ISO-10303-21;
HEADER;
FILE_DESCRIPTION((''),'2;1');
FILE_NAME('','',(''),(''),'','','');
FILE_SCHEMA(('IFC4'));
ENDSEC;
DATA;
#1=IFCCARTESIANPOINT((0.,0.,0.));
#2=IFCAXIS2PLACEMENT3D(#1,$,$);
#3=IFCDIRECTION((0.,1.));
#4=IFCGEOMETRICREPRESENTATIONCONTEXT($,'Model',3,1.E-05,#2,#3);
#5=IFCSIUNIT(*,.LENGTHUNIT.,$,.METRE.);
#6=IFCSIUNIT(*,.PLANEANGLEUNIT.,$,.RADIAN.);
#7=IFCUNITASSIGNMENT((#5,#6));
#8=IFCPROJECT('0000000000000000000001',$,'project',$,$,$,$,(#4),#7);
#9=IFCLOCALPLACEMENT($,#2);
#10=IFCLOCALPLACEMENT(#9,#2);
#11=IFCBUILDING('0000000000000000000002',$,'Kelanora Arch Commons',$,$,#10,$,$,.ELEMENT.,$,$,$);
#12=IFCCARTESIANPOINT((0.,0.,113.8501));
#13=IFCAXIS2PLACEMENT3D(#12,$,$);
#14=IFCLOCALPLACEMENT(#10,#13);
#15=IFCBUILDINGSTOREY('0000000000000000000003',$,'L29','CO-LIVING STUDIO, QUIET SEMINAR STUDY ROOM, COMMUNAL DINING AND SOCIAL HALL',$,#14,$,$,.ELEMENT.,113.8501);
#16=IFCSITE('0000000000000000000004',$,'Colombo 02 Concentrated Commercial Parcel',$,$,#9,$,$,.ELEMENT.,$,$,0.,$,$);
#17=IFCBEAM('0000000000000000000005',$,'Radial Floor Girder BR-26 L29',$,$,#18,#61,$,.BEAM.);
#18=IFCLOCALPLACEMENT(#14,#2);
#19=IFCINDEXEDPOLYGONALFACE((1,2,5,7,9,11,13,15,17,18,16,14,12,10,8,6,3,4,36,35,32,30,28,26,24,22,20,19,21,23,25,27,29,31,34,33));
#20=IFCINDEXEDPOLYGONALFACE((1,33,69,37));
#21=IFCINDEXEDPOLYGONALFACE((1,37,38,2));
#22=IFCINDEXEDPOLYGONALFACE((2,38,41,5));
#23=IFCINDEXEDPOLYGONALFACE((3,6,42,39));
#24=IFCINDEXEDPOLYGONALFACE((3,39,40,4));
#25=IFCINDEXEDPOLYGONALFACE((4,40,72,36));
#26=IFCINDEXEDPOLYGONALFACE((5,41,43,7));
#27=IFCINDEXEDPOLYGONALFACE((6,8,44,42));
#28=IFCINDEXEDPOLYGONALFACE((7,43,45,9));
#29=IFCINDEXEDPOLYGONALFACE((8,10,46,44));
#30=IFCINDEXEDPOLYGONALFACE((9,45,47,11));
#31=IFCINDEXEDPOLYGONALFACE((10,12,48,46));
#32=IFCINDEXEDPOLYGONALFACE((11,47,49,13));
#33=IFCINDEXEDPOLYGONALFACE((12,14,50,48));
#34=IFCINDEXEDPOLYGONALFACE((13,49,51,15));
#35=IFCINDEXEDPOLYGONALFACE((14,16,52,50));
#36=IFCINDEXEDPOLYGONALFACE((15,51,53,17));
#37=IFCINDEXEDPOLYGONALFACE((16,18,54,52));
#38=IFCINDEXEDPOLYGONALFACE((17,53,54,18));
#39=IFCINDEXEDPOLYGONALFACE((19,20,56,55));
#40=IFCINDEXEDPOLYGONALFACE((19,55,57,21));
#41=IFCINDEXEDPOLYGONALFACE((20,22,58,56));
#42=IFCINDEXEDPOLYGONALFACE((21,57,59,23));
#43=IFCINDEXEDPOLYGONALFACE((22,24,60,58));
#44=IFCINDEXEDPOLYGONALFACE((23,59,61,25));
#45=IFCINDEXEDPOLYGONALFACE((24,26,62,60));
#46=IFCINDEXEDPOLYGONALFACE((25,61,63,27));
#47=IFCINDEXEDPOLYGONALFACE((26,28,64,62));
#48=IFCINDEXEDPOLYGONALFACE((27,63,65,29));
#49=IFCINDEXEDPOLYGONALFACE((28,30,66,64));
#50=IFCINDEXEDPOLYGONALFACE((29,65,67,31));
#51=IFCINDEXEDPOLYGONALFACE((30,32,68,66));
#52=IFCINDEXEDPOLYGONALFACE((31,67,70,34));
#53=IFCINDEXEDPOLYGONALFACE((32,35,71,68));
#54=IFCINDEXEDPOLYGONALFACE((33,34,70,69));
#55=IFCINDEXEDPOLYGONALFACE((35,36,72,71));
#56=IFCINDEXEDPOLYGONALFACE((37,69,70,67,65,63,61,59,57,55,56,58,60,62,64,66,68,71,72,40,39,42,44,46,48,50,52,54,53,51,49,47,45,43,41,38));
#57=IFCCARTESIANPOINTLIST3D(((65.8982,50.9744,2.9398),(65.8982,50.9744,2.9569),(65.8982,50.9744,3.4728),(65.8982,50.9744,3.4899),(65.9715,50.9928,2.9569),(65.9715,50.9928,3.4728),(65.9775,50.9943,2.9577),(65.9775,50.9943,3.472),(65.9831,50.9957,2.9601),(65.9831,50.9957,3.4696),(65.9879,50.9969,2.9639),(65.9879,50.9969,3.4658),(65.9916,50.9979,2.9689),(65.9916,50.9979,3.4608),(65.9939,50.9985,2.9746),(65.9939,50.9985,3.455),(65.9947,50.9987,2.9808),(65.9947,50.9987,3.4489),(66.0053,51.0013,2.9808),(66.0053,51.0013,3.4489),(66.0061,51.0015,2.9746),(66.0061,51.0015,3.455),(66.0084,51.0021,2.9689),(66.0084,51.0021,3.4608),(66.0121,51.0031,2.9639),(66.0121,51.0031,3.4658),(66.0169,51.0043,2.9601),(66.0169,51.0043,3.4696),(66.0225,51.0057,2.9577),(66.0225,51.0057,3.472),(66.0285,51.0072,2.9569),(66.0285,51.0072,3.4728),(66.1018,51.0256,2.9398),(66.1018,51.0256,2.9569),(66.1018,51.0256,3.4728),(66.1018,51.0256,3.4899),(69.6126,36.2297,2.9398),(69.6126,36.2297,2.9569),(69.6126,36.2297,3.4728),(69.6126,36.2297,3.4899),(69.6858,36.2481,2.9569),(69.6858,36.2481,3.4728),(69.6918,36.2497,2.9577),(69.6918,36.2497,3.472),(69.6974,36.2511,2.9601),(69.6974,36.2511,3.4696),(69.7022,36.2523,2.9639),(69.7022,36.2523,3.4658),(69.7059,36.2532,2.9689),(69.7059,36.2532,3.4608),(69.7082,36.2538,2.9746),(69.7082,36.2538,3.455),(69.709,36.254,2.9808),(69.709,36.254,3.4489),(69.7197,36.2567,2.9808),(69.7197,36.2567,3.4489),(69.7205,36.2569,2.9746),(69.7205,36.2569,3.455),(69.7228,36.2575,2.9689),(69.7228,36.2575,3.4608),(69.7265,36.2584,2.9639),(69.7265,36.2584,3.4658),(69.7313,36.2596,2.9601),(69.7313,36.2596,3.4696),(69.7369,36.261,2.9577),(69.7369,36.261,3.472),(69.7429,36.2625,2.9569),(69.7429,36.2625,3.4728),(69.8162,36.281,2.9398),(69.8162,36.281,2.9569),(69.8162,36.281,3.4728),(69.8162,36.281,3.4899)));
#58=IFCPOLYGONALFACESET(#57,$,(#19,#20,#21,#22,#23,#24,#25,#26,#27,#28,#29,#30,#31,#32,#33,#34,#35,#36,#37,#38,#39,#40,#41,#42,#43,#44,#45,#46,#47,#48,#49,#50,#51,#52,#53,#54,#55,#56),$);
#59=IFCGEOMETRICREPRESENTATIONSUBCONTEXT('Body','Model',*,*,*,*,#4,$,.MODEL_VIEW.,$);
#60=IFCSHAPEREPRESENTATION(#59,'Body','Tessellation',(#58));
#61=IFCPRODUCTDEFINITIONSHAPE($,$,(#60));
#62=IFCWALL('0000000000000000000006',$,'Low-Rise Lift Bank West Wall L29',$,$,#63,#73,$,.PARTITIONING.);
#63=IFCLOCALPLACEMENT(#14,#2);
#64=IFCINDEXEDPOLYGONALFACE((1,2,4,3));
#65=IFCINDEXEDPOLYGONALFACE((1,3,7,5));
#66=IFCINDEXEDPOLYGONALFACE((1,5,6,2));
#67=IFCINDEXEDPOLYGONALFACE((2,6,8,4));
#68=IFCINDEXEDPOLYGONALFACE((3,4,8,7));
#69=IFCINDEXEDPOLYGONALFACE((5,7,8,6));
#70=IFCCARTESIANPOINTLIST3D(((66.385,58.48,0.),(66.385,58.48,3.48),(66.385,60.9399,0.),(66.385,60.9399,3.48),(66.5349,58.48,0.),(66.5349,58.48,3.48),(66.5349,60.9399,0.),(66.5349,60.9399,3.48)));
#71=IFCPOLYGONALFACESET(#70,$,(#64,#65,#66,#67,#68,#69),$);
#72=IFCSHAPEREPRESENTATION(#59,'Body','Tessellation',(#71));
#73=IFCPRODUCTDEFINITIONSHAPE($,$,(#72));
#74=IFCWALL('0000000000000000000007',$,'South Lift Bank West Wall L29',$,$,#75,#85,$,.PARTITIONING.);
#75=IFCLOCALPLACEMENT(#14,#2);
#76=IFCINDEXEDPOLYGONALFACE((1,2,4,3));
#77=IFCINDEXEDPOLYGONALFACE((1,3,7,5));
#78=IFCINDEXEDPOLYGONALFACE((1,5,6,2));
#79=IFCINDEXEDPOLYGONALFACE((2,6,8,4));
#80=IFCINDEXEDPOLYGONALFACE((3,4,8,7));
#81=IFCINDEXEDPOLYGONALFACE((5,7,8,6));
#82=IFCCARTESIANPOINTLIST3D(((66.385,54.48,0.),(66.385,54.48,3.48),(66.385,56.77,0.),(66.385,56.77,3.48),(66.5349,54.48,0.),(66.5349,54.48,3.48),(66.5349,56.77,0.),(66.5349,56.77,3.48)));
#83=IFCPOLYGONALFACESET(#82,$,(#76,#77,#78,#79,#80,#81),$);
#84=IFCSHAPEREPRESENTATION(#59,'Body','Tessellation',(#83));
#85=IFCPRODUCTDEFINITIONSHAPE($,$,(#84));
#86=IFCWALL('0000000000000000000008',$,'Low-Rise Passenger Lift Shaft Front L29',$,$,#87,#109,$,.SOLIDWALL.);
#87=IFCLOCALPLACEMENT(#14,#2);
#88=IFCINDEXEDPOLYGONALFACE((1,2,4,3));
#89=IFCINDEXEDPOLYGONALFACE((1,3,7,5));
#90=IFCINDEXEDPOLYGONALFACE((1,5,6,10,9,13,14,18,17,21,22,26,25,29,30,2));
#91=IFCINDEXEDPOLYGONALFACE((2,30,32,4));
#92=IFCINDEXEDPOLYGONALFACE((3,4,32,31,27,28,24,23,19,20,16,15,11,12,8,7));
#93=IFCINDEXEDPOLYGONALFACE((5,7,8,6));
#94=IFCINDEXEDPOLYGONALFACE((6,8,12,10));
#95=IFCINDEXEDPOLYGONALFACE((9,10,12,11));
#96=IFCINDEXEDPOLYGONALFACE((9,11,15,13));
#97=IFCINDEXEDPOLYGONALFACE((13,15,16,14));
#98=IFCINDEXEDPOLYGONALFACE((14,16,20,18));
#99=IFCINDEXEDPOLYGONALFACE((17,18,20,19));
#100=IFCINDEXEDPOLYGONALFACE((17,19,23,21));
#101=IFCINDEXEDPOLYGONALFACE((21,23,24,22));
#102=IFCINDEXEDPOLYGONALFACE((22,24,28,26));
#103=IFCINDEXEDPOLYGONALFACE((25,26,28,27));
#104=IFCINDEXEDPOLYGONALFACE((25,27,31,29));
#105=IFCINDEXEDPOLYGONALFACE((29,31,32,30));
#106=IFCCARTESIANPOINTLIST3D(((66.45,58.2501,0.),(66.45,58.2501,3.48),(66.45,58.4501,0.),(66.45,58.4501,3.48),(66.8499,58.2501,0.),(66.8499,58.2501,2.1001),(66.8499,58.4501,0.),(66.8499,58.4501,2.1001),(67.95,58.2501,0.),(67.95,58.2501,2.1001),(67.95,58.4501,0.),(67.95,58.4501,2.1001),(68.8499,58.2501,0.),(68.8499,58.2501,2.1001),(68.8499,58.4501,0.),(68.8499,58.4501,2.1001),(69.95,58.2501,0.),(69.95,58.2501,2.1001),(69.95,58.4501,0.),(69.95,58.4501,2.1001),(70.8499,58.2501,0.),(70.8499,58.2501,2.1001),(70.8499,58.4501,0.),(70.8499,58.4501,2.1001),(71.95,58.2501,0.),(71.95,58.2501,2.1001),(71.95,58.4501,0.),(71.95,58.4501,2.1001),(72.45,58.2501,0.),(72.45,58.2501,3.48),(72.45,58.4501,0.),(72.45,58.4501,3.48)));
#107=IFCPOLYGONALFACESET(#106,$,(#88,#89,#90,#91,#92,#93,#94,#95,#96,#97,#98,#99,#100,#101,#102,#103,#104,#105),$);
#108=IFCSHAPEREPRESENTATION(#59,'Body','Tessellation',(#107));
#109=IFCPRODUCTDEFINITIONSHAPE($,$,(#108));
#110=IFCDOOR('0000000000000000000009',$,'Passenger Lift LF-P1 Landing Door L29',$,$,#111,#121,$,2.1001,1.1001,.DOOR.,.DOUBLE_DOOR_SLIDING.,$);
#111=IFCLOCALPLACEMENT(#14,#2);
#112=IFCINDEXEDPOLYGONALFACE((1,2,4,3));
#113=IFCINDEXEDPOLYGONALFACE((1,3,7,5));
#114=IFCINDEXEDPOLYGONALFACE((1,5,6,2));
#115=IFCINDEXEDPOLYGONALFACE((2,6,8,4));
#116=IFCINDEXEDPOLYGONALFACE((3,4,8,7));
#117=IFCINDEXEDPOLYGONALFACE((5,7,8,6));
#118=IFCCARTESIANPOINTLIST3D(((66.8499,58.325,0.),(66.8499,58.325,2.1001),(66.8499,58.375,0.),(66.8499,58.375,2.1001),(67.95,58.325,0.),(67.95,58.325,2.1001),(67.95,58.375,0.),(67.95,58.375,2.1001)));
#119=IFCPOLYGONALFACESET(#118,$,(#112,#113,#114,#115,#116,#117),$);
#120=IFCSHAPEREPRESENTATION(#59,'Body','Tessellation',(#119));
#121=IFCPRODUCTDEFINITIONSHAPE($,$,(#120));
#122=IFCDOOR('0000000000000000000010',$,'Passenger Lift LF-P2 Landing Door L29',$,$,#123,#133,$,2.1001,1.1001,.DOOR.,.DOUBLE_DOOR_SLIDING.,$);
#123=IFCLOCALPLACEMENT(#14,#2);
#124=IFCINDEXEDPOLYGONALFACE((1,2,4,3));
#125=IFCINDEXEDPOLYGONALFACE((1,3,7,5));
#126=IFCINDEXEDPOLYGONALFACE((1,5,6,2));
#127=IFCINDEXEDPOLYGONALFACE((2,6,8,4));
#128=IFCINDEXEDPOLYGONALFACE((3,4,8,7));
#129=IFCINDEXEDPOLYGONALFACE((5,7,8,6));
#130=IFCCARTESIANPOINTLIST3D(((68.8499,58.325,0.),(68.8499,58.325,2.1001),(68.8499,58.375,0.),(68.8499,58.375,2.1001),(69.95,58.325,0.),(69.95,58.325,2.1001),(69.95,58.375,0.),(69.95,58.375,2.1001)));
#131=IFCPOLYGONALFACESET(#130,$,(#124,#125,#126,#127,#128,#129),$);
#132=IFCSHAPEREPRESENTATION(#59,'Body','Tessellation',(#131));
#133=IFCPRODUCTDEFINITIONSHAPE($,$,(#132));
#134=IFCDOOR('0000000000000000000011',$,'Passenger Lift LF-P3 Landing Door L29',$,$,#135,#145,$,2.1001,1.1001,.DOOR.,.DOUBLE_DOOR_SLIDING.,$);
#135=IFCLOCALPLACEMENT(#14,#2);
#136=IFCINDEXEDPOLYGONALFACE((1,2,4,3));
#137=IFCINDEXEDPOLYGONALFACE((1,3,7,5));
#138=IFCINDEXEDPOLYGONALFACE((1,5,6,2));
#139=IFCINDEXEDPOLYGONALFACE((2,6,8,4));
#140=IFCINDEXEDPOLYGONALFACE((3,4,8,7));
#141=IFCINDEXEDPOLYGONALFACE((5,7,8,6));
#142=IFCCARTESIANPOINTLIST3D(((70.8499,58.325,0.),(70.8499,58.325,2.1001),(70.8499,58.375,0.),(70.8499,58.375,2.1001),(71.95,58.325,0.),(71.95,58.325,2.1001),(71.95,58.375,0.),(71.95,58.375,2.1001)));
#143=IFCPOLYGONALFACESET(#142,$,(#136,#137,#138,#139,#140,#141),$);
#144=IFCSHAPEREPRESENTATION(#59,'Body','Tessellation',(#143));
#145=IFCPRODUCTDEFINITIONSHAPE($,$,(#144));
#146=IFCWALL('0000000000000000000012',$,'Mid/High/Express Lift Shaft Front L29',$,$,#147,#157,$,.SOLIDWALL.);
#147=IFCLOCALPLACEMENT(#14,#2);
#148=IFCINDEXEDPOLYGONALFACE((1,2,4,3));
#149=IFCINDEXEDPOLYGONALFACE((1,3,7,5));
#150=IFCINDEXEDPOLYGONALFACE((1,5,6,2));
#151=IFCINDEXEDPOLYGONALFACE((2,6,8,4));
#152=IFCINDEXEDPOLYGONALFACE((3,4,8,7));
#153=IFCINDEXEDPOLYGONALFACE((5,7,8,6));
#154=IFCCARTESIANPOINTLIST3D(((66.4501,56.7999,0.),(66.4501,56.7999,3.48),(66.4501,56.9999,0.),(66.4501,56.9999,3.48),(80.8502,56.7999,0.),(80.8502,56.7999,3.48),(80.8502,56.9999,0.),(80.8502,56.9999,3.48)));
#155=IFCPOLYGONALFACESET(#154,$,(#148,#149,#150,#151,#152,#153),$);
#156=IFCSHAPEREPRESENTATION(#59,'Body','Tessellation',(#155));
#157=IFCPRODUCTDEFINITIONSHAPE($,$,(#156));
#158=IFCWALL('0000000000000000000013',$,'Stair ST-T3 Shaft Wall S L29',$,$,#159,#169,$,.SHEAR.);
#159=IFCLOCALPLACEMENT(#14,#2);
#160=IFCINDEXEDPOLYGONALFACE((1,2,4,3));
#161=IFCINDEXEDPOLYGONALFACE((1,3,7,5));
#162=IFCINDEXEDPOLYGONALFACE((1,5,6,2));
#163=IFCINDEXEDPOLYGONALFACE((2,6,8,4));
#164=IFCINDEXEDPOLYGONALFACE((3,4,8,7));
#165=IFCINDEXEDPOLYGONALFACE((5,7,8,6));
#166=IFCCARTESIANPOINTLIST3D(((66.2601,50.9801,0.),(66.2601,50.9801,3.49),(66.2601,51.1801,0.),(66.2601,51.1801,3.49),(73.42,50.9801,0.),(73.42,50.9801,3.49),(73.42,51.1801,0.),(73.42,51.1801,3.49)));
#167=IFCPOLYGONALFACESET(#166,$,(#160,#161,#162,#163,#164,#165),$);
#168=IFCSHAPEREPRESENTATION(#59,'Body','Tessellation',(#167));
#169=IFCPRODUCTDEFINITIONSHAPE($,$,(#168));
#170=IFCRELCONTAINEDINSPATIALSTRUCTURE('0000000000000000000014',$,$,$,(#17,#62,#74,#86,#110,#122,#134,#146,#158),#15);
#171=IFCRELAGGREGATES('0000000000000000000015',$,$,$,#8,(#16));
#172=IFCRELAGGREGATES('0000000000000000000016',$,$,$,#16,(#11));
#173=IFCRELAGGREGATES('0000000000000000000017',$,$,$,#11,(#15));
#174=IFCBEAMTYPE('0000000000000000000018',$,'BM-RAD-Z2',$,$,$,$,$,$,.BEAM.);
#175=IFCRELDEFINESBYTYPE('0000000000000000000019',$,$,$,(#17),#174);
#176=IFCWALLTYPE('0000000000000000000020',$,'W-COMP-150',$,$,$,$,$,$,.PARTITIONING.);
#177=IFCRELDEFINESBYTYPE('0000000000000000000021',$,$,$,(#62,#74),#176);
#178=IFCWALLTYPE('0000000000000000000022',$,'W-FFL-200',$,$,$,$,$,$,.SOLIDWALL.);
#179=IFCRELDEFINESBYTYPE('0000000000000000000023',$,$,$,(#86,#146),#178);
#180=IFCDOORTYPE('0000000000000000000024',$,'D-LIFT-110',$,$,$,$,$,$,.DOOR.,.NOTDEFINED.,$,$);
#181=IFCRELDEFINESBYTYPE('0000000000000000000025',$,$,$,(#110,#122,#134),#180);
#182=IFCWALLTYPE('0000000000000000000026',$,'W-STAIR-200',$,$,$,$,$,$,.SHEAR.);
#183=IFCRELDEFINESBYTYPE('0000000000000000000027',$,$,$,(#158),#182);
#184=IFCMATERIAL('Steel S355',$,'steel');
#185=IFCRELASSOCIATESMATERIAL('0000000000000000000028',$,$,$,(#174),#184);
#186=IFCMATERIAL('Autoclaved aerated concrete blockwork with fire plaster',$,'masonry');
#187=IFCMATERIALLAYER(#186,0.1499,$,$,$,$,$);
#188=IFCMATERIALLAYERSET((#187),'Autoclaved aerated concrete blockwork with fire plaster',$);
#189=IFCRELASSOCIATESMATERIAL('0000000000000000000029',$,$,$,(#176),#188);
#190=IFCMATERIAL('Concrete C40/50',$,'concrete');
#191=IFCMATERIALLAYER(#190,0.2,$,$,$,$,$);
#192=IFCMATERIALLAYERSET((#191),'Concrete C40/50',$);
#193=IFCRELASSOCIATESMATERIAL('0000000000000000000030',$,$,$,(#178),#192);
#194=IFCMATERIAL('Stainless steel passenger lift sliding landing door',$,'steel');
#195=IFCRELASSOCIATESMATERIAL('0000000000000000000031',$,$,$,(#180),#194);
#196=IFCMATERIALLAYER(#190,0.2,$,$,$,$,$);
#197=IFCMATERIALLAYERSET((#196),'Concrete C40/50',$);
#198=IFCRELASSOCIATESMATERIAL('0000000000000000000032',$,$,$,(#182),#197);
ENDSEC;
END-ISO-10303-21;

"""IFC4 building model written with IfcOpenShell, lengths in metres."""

from ifc_helpers import new_model, si_unit, direction, frame, frame_2d, origin, origin_2d, place, context, subcontext, project, spatial, rectangle, i_section, extrude, material, layer, layer_set, material_profile, profile_set, type_object, element, fill, save


model = new_model("IFC4")

# Units and contexts
model_context = context("Model", 3, precision=1e-05, world=origin(), true_north=direction((0.0, 1.0)))
body_context = subcontext(model_context, "Body", "Model", "MODEL_VIEW")
ifc_project = project(units=[si_unit("LENGTHUNIT", "METRE"), si_unit("PLANEANGLEUNIT", "RADIAN")], contexts=[model_context])

# Site, building, storey
site_placement = place(None, origin())
site = spatial("IfcSite", under=ifc_project, at=site_placement, Name="Colombo 02 Concentrated Commercial Parcel", CompositionType="ELEMENT", RefElevation=0.0)
building_placement = place(site_placement, origin())
building = spatial("IfcBuilding", under=site, at=building_placement, Name="Kelanora Arch Commons", CompositionType="ELEMENT")
storey_placement = place(building_placement, frame((0.0, 0.0, 113.8501)))
storey = spatial("IfcBuildingStorey", under=building, at=storey_placement, Name="L29", Description="CO-LIVING STUDIO, QUIET SEMINAR STUDY ROOM, COMMUNAL DINING AND SOCIAL HALL", CompositionType="ELEMENT", Elevation=113.8501)

# Beam
ifc_material_1 = material(Name="Steel S355", Category="steel")
ifc_material_profile_1 = material_profile(ifc_material_1, i_section(OverallWidth=0.21, OverallDepth=0.55, WebThickness=0.011, FlangeThickness=0.0171, FilletRadius=0.0239, at=origin_2d()), Name="IPE550")
ifc_profile_set_1 = profile_set([ifc_material_profile_1], Name="Steel S355")
beam_type_1 = type_object("IfcBeamType", Name="BM-RAD-Z2", PredefinedType="BEAM", material=ifc_profile_set_1)
beam_1_placement = place(storey_placement, frame((66.0, 51.0, 3.2148), z_axis=(0.244281, -0.969705, 0.0), x_axis=(0.969705, 0.244281, 0.0)))
element("IfcBeam", 1, at=beam_1_placement, inside=storey, type_object=beam_type_1, Name="Radial Floor Girder BR-26 L29", PredefinedType="BEAM", context=body_context, shape_type="SweptSolid", body=[
    extrude(i_section(OverallWidth=0.21, OverallDepth=0.55, WebThickness=0.011, FlangeThickness=0.0171, FilletRadius=0.0239, at=origin_2d()), origin(), (0.0, 0.0, 1.0), 15.2053),
])

# Walls
ifc_material_2 = material(Name="Autoclaved aerated concrete blockwork with fire plaster", Category="masonry")
ifc_layer_1 = layer(ifc_material_2, 0.1499)
ifc_layer_set_1 = layer_set([ifc_layer_1], Name="Autoclaved aerated concrete blockwork with fire plaster")
wall_type_1 = type_object("IfcWallType", Name="W-COMP-150", PredefinedType="PARTITIONING", material=ifc_layer_set_1)
wall_1_placement = place(storey_placement, frame((66.46, 58.48, 0.0), z_axis=(0.0, 0.0, 1.0), x_axis=(0.0, 1.0, 0.0)))
element("IfcWall", 2, at=wall_1_placement, inside=storey, type_object=wall_type_1, Name="Low-Rise Lift Bank West Wall L29", PredefinedType="PARTITIONING", context=body_context, shape_type="SweptSolid", body=[
    extrude(rectangle(XDim=2.46, YDim=0.1499, at=frame_2d((1.23, 0.0))), origin(), (0.0, 0.0, 1.0), 3.48),
])
wall_2_placement = place(storey_placement, frame((66.46, 54.48, 0.0), z_axis=(0.0, 0.0, 1.0), x_axis=(0.0, 1.0, 0.0)))
element("IfcWall", 3, at=wall_2_placement, inside=storey, type_object=wall_type_1, Name="South Lift Bank West Wall L29", PredefinedType="PARTITIONING", context=body_context, shape_type="SweptSolid", body=[
    extrude(rectangle(XDim=2.29, YDim=0.1499, at=frame_2d((1.145, 0.0))), origin(), (0.0, 0.0, 1.0), 3.48),
])

# Wall, openings, doors
ifc_material_3 = material(Name="Concrete C40/50", Category="concrete")
ifc_layer_2 = layer(ifc_material_3, 0.2)
ifc_layer_set_2 = layer_set([ifc_layer_2], Name="Concrete C40/50")
wall_type_2 = type_object("IfcWallType", Name="W-FFL-200", PredefinedType="SOLIDWALL", material=ifc_layer_set_2)
wall_3_placement = place(storey_placement, frame((66.45, 58.3501, 0.0), z_axis=(0.0, 0.0, 1.0), x_axis=(1.0, 0.0, 0.0)))
wall_3 = element("IfcWall", 4, at=wall_3_placement, inside=storey, type_object=wall_type_2, Name="Low-Rise Passenger Lift Shaft Front L29", PredefinedType="SOLIDWALL", context=body_context, shape_type="SweptSolid", body=[
    extrude(rectangle(XDim=6.0, YDim=0.2, at=frame_2d((3.0, 0.0))), origin(), (0.0, 0.0, 1.0), 3.48),
])
opening_1_placement = place(wall_3_placement, frame((0.3999, 0.0, 0.0)))
opening_1 = element("IfcOpeningElement", 5, at=opening_1_placement, cuts=wall_3, PredefinedType="OPENING", context=body_context, shape_type="SweptSolid", body=[
    extrude(rectangle(XDim=1.1001, YDim=2.1001, at=frame_2d((0.55, 1.05))), frame((0.0, 0.1099, 0.0), z_axis=(0.0, -1.0, 0.0), x_axis=(1.0, 0.0, 0.0)), (0.0, 0.0, 1.0), 0.22),
])
opening_2_placement = place(wall_3_placement, frame((2.3999, 0.0, 0.0)))
opening_2 = element("IfcOpeningElement", 6, at=opening_2_placement, cuts=wall_3, PredefinedType="OPENING", context=body_context, shape_type="SweptSolid", body=[
    extrude(rectangle(XDim=1.1001, YDim=2.1001, at=frame_2d((0.55, 1.05))), frame((0.0, 0.1099, 0.0), z_axis=(0.0, -1.0, 0.0), x_axis=(1.0, 0.0, 0.0)), (0.0, 0.0, 1.0), 0.22),
])
opening_3_placement = place(wall_3_placement, frame((4.3999, 0.0, 0.0)))
opening_3 = element("IfcOpeningElement", 7, at=opening_3_placement, cuts=wall_3, PredefinedType="OPENING", context=body_context, shape_type="SweptSolid", body=[
    extrude(rectangle(XDim=1.1001, YDim=2.1001, at=frame_2d((0.55, 1.05))), frame((0.0, 0.1099, 0.0), z_axis=(0.0, -1.0, 0.0), x_axis=(1.0, 0.0, 0.0)), (0.0, 0.0, 1.0), 0.22),
])
ifc_material_4 = material(Name="Stainless steel passenger lift sliding landing door", Category="steel")
door_type_1 = type_object("IfcDoorType", Name="D-LIFT-110", OperationType="NOTDEFINED", PredefinedType="DOOR", material=ifc_material_4)
door_1_placement = place(opening_1_placement, origin())
door_1 = element("IfcDoor", 8, at=door_1_placement, inside=storey, type_object=door_type_1, Name="Passenger Lift LF-P1 Landing Door L29", OperationType="DOUBLE_DOOR_SLIDING", OverallHeight=2.1001, OverallWidth=1.1001, PredefinedType="DOOR", context=body_context, shape_type="SweptSolid", body=[
    extrude(rectangle(XDim=1.1001, YDim=2.1001, at=frame_2d((0.55, 1.05))), frame((0.0, 0.0249, 0.0), z_axis=(0.0, -1.0, 0.0), x_axis=(1.0, 0.0, 0.0)), (0.0, 0.0, 1.0), 0.05),
])
fill(opening_1, door_1)
door_2_placement = place(opening_2_placement, origin())
door_2 = element("IfcDoor", 9, at=door_2_placement, inside=storey, type_object=door_type_1, Name="Passenger Lift LF-P2 Landing Door L29", OperationType="DOUBLE_DOOR_SLIDING", OverallHeight=2.1001, OverallWidth=1.1001, PredefinedType="DOOR", context=body_context, shape_type="SweptSolid", body=[
    extrude(rectangle(XDim=1.1001, YDim=2.1001, at=frame_2d((0.55, 1.05))), frame((0.0, 0.0249, 0.0), z_axis=(0.0, -1.0, 0.0), x_axis=(1.0, 0.0, 0.0)), (0.0, 0.0, 1.0), 0.05),
])
fill(opening_2, door_2)
door_3_placement = place(opening_3_placement, origin())
door_3 = element("IfcDoor", 10, at=door_3_placement, inside=storey, type_object=door_type_1, Name="Passenger Lift LF-P3 Landing Door L29", OperationType="DOUBLE_DOOR_SLIDING", OverallHeight=2.1001, OverallWidth=1.1001, PredefinedType="DOOR", context=body_context, shape_type="SweptSolid", body=[
    extrude(rectangle(XDim=1.1001, YDim=2.1001, at=frame_2d((0.55, 1.05))), frame((0.0, 0.0249, 0.0), z_axis=(0.0, -1.0, 0.0), x_axis=(1.0, 0.0, 0.0)), (0.0, 0.0, 1.0), 0.05),
])
fill(opening_3, door_3)

# Walls
wall_4_placement = place(storey_placement, frame((66.45, 56.8999, 0.0), z_axis=(0.0, 0.0, 1.0), x_axis=(1.0, 0.0, 0.0)))
element("IfcWall", 11, at=wall_4_placement, inside=storey, type_object=wall_type_2, Name="Mid/High/Express Lift Shaft Front L29", PredefinedType="SOLIDWALL", context=body_context, shape_type="SweptSolid", body=[
    extrude(rectangle(XDim=14.4001, YDim=0.2, at=frame_2d((7.2002, 0.0))), origin(), (0.0, 0.0, 1.0), 3.48),
])
ifc_layer_3 = layer(ifc_material_3, 0.2)
ifc_layer_set_3 = layer_set([ifc_layer_3], Name="Concrete C40/50")
wall_type_3 = type_object("IfcWallType", Name="W-STAIR-200", PredefinedType="SHEAR", material=ifc_layer_set_3)
wall_5_placement = place(storey_placement, frame((66.26, 51.0801, 0.0), z_axis=(0.0, 0.0, 1.0), x_axis=(1.0, 0.0, 0.0)))
element("IfcWall", 12, at=wall_5_placement, inside=storey, type_object=wall_type_3, Name="Stair ST-T3 Shaft Wall S L29", PredefinedType="SHEAR", context=body_context, shape_type="SweptSolid", body=[
    extrude(rectangle(XDim=7.1599, YDim=0.2, at=frame_2d((3.5801, 0.0))), origin(), (0.0, 0.0, 1.0), 3.49),
])

save(model, "model.ifc")
